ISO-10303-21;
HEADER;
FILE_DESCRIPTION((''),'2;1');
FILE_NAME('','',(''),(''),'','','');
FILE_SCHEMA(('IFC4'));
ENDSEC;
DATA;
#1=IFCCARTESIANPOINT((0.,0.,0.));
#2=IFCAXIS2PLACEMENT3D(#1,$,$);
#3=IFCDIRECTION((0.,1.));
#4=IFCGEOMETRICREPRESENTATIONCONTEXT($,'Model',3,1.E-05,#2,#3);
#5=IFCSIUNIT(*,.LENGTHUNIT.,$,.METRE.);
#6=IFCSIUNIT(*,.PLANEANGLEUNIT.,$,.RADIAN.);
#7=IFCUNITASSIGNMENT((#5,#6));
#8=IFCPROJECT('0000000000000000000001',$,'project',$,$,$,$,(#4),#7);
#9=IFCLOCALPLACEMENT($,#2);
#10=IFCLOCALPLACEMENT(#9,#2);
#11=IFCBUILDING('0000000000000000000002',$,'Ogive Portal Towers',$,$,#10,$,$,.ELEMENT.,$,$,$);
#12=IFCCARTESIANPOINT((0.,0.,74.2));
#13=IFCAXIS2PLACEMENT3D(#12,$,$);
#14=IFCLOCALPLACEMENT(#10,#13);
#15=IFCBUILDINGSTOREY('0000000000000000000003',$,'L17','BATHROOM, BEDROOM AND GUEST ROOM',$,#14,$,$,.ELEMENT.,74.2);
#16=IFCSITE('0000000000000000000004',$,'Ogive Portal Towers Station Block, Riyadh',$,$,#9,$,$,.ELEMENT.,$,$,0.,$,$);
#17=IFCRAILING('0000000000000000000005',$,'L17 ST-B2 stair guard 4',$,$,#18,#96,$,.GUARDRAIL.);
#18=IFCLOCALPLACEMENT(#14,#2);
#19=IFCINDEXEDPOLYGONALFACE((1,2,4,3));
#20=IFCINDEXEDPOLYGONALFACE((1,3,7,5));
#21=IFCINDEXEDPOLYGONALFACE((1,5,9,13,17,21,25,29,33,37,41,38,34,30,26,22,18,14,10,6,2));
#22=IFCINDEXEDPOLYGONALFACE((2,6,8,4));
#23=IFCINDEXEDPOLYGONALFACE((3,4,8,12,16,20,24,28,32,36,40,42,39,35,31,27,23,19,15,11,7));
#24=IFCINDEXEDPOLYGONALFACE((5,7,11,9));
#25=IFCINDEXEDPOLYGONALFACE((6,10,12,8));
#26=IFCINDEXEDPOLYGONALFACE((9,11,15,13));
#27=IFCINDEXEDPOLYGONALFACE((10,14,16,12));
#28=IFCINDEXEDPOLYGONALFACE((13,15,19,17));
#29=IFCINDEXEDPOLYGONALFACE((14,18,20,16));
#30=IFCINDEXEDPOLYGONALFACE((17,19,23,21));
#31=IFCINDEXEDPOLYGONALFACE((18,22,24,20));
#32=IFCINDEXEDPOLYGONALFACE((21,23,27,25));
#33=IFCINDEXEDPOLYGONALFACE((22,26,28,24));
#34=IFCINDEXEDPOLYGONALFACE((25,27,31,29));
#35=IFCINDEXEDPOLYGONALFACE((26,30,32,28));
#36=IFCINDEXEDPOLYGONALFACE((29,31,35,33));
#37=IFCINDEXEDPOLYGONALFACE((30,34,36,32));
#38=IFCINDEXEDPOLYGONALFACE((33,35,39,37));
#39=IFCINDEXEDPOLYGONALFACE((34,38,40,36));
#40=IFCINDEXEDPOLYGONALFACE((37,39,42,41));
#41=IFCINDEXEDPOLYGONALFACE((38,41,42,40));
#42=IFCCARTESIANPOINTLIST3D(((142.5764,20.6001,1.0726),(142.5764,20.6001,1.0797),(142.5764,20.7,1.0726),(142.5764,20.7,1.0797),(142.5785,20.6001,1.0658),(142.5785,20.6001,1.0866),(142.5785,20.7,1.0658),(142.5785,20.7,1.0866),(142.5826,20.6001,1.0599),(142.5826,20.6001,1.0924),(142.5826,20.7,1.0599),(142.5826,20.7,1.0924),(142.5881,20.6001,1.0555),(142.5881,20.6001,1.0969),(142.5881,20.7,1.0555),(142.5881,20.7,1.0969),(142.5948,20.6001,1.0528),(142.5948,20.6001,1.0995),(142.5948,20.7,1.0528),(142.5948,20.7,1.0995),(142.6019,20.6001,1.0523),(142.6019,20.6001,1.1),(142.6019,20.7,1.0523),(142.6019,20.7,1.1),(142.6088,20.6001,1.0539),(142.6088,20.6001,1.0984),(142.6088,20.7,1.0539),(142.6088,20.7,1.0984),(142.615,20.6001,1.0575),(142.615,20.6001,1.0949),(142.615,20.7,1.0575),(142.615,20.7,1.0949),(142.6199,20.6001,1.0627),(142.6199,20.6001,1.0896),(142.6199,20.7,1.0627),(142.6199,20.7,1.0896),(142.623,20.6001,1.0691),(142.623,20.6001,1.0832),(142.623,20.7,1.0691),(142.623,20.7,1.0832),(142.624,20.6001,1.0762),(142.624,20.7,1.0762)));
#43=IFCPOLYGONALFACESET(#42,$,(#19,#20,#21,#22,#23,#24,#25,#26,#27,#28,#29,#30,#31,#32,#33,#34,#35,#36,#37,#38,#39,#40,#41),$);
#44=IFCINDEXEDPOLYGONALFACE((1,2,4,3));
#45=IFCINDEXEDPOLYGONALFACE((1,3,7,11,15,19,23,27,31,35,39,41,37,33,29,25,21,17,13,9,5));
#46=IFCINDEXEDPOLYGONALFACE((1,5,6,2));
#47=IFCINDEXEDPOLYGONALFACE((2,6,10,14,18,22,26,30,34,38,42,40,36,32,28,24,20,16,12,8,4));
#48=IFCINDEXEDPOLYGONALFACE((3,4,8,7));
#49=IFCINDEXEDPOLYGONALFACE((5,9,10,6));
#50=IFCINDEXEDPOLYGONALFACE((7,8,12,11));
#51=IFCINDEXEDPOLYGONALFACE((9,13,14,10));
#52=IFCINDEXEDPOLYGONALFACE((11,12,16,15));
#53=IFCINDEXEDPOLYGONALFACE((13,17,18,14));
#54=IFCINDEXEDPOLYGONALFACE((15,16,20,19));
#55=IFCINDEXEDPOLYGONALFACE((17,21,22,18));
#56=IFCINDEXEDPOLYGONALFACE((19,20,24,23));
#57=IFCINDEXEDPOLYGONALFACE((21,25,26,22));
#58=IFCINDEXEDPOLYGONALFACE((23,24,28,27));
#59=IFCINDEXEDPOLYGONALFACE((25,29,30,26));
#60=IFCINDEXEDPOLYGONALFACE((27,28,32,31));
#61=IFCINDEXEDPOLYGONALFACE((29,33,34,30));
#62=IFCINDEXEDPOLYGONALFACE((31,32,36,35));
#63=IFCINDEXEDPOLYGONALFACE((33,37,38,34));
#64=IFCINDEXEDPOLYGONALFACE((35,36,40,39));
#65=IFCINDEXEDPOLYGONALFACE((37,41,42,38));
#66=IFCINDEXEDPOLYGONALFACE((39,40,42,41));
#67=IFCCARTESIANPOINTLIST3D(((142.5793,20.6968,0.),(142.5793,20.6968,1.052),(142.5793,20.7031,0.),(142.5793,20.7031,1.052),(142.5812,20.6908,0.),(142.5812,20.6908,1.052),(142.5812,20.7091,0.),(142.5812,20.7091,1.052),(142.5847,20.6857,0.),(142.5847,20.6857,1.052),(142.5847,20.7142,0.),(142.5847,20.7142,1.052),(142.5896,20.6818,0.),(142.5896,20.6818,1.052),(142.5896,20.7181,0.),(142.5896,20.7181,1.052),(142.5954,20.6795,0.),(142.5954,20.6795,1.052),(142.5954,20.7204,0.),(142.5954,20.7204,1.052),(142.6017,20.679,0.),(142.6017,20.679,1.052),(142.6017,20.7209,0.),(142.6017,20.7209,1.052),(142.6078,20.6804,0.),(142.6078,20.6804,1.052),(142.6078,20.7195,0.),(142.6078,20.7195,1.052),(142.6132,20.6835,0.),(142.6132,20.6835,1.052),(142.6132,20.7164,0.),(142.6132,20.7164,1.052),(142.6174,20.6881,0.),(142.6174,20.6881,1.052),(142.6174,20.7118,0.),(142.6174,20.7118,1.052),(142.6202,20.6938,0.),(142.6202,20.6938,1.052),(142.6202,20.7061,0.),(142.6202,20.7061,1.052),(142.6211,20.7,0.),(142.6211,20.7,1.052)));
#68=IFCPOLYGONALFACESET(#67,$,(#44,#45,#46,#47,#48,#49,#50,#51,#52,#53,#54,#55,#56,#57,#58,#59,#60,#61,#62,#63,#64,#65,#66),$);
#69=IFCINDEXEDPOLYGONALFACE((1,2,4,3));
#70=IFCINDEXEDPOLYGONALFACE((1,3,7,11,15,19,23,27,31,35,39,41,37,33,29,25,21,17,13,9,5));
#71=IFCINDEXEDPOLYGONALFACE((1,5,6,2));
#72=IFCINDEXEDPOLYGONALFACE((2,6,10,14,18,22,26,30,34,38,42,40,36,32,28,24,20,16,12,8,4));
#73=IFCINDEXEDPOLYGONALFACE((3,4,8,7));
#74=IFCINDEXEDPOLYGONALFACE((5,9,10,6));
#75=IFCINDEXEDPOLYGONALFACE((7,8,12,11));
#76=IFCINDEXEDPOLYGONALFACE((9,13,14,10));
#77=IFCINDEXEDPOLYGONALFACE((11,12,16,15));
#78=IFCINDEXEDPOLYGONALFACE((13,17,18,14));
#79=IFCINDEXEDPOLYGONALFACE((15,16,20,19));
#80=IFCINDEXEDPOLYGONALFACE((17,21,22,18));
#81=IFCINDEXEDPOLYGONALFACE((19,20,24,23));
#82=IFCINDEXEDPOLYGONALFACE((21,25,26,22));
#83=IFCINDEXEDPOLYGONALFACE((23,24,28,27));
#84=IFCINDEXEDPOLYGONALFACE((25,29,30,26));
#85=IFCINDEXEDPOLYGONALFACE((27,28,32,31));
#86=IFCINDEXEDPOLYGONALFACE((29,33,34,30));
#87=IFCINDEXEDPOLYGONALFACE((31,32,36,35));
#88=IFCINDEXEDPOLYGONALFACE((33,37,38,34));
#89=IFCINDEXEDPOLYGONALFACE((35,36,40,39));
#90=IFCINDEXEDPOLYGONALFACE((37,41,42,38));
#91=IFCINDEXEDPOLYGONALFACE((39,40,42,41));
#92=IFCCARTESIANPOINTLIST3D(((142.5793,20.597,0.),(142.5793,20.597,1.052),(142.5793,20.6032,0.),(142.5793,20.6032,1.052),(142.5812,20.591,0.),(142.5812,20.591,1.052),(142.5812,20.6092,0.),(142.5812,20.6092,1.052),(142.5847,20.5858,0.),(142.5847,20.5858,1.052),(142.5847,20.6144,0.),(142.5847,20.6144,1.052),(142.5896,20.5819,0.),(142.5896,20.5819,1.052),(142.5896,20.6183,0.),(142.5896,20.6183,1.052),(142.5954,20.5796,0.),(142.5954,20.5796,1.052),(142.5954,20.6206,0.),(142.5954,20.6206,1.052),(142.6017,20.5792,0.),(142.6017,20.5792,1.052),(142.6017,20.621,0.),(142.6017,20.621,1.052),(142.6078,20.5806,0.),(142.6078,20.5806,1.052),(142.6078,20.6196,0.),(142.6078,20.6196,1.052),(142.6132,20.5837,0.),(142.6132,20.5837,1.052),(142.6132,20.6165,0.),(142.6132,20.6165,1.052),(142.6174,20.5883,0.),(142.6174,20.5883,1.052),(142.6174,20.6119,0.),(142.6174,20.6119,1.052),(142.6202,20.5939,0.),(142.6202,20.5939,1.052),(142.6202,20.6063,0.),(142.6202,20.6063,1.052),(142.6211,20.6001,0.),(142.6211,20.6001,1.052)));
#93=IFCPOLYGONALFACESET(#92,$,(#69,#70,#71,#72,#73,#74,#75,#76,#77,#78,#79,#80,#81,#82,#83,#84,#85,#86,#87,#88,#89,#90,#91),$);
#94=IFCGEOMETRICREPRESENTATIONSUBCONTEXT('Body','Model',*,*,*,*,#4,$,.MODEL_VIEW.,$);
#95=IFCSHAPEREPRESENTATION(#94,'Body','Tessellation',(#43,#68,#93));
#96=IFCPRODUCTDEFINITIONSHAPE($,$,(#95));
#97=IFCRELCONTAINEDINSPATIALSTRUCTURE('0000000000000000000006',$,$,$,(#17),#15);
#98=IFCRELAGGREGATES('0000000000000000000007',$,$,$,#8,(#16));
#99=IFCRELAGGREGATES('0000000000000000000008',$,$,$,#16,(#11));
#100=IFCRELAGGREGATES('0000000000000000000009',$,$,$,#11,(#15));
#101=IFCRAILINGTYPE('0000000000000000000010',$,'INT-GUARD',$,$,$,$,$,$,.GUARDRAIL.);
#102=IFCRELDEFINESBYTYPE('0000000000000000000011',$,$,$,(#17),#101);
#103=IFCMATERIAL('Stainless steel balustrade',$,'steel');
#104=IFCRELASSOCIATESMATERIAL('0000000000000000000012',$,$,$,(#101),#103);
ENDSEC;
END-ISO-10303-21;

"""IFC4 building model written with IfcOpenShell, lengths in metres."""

from ifc_helpers import new_model, si_unit, direction, frame, origin, origin_2d, place, context, subcontext, project, spatial, circle, extrude, material, type_object, element, save


model = new_model("IFC4")

# Units and contexts
model_context = context("Model", 3, precision=1e-05, world=origin(), true_north=direction((0.0, 1.0)))
body_context = subcontext(model_context, "Body", "Model", "MODEL_VIEW")
ifc_project = project(units=[si_unit("LENGTHUNIT", "METRE"), si_unit("PLANEANGLEUNIT", "RADIAN")], contexts=[model_context])

# Site, building, storey
site_placement = place(None, origin())
site = spatial("IfcSite", under=ifc_project, at=site_placement, Name="Ogive Portal Towers Station Block, Riyadh", CompositionType="ELEMENT", RefElevation=0.0)
building_placement = place(site_placement, origin())
building = spatial("IfcBuilding", under=site, at=building_placement, Name="Ogive Portal Towers", CompositionType="ELEMENT")
storey_placement = place(building_placement, frame((0.0, 0.0, 74.2)))
storey = spatial("IfcBuildingStorey", under=building, at=storey_placement, Name="L17", Description="BATHROOM, BEDROOM AND GUEST ROOM", CompositionType="ELEMENT", Elevation=74.2)

# Railing
ifc_material_1 = material(Name="Stainless steel balustrade", Category="steel")
railing_type_1 = type_object("IfcRailingType", Name="INT-GUARD", PredefinedType="GUARDRAIL", material=ifc_material_1)
railing_1_placement = place(storey_placement, frame((142.6001, 20.7, 0.0)))
element("IfcRailing", 1, at=railing_1_placement, inside=storey, type_object=railing_type_1, Name="L17 ST-B2 stair guard 4", PredefinedType="GUARDRAIL", context=body_context, shape_type="SweptSolid", body=[
    extrude(circle(Radius=0.0239, at=origin_2d()), frame((0.0, 0.0, 1.0762), z_axis=(0.0, -1.0, 0.0), x_axis=(1.0, 0.0, 0.0)), (0.0, 0.0, 1.0), 0.0999),
    extrude(circle(Radius=0.021, at=origin_2d()), origin(), (0.0, 0.0, 1.0), 1.052),
    extrude(circle(Radius=0.021, at=origin_2d()), frame((0.0, -0.0999, 0.0)), (0.0, 0.0, 1.0), 1.052),
])

save(model, "model.ifc")
